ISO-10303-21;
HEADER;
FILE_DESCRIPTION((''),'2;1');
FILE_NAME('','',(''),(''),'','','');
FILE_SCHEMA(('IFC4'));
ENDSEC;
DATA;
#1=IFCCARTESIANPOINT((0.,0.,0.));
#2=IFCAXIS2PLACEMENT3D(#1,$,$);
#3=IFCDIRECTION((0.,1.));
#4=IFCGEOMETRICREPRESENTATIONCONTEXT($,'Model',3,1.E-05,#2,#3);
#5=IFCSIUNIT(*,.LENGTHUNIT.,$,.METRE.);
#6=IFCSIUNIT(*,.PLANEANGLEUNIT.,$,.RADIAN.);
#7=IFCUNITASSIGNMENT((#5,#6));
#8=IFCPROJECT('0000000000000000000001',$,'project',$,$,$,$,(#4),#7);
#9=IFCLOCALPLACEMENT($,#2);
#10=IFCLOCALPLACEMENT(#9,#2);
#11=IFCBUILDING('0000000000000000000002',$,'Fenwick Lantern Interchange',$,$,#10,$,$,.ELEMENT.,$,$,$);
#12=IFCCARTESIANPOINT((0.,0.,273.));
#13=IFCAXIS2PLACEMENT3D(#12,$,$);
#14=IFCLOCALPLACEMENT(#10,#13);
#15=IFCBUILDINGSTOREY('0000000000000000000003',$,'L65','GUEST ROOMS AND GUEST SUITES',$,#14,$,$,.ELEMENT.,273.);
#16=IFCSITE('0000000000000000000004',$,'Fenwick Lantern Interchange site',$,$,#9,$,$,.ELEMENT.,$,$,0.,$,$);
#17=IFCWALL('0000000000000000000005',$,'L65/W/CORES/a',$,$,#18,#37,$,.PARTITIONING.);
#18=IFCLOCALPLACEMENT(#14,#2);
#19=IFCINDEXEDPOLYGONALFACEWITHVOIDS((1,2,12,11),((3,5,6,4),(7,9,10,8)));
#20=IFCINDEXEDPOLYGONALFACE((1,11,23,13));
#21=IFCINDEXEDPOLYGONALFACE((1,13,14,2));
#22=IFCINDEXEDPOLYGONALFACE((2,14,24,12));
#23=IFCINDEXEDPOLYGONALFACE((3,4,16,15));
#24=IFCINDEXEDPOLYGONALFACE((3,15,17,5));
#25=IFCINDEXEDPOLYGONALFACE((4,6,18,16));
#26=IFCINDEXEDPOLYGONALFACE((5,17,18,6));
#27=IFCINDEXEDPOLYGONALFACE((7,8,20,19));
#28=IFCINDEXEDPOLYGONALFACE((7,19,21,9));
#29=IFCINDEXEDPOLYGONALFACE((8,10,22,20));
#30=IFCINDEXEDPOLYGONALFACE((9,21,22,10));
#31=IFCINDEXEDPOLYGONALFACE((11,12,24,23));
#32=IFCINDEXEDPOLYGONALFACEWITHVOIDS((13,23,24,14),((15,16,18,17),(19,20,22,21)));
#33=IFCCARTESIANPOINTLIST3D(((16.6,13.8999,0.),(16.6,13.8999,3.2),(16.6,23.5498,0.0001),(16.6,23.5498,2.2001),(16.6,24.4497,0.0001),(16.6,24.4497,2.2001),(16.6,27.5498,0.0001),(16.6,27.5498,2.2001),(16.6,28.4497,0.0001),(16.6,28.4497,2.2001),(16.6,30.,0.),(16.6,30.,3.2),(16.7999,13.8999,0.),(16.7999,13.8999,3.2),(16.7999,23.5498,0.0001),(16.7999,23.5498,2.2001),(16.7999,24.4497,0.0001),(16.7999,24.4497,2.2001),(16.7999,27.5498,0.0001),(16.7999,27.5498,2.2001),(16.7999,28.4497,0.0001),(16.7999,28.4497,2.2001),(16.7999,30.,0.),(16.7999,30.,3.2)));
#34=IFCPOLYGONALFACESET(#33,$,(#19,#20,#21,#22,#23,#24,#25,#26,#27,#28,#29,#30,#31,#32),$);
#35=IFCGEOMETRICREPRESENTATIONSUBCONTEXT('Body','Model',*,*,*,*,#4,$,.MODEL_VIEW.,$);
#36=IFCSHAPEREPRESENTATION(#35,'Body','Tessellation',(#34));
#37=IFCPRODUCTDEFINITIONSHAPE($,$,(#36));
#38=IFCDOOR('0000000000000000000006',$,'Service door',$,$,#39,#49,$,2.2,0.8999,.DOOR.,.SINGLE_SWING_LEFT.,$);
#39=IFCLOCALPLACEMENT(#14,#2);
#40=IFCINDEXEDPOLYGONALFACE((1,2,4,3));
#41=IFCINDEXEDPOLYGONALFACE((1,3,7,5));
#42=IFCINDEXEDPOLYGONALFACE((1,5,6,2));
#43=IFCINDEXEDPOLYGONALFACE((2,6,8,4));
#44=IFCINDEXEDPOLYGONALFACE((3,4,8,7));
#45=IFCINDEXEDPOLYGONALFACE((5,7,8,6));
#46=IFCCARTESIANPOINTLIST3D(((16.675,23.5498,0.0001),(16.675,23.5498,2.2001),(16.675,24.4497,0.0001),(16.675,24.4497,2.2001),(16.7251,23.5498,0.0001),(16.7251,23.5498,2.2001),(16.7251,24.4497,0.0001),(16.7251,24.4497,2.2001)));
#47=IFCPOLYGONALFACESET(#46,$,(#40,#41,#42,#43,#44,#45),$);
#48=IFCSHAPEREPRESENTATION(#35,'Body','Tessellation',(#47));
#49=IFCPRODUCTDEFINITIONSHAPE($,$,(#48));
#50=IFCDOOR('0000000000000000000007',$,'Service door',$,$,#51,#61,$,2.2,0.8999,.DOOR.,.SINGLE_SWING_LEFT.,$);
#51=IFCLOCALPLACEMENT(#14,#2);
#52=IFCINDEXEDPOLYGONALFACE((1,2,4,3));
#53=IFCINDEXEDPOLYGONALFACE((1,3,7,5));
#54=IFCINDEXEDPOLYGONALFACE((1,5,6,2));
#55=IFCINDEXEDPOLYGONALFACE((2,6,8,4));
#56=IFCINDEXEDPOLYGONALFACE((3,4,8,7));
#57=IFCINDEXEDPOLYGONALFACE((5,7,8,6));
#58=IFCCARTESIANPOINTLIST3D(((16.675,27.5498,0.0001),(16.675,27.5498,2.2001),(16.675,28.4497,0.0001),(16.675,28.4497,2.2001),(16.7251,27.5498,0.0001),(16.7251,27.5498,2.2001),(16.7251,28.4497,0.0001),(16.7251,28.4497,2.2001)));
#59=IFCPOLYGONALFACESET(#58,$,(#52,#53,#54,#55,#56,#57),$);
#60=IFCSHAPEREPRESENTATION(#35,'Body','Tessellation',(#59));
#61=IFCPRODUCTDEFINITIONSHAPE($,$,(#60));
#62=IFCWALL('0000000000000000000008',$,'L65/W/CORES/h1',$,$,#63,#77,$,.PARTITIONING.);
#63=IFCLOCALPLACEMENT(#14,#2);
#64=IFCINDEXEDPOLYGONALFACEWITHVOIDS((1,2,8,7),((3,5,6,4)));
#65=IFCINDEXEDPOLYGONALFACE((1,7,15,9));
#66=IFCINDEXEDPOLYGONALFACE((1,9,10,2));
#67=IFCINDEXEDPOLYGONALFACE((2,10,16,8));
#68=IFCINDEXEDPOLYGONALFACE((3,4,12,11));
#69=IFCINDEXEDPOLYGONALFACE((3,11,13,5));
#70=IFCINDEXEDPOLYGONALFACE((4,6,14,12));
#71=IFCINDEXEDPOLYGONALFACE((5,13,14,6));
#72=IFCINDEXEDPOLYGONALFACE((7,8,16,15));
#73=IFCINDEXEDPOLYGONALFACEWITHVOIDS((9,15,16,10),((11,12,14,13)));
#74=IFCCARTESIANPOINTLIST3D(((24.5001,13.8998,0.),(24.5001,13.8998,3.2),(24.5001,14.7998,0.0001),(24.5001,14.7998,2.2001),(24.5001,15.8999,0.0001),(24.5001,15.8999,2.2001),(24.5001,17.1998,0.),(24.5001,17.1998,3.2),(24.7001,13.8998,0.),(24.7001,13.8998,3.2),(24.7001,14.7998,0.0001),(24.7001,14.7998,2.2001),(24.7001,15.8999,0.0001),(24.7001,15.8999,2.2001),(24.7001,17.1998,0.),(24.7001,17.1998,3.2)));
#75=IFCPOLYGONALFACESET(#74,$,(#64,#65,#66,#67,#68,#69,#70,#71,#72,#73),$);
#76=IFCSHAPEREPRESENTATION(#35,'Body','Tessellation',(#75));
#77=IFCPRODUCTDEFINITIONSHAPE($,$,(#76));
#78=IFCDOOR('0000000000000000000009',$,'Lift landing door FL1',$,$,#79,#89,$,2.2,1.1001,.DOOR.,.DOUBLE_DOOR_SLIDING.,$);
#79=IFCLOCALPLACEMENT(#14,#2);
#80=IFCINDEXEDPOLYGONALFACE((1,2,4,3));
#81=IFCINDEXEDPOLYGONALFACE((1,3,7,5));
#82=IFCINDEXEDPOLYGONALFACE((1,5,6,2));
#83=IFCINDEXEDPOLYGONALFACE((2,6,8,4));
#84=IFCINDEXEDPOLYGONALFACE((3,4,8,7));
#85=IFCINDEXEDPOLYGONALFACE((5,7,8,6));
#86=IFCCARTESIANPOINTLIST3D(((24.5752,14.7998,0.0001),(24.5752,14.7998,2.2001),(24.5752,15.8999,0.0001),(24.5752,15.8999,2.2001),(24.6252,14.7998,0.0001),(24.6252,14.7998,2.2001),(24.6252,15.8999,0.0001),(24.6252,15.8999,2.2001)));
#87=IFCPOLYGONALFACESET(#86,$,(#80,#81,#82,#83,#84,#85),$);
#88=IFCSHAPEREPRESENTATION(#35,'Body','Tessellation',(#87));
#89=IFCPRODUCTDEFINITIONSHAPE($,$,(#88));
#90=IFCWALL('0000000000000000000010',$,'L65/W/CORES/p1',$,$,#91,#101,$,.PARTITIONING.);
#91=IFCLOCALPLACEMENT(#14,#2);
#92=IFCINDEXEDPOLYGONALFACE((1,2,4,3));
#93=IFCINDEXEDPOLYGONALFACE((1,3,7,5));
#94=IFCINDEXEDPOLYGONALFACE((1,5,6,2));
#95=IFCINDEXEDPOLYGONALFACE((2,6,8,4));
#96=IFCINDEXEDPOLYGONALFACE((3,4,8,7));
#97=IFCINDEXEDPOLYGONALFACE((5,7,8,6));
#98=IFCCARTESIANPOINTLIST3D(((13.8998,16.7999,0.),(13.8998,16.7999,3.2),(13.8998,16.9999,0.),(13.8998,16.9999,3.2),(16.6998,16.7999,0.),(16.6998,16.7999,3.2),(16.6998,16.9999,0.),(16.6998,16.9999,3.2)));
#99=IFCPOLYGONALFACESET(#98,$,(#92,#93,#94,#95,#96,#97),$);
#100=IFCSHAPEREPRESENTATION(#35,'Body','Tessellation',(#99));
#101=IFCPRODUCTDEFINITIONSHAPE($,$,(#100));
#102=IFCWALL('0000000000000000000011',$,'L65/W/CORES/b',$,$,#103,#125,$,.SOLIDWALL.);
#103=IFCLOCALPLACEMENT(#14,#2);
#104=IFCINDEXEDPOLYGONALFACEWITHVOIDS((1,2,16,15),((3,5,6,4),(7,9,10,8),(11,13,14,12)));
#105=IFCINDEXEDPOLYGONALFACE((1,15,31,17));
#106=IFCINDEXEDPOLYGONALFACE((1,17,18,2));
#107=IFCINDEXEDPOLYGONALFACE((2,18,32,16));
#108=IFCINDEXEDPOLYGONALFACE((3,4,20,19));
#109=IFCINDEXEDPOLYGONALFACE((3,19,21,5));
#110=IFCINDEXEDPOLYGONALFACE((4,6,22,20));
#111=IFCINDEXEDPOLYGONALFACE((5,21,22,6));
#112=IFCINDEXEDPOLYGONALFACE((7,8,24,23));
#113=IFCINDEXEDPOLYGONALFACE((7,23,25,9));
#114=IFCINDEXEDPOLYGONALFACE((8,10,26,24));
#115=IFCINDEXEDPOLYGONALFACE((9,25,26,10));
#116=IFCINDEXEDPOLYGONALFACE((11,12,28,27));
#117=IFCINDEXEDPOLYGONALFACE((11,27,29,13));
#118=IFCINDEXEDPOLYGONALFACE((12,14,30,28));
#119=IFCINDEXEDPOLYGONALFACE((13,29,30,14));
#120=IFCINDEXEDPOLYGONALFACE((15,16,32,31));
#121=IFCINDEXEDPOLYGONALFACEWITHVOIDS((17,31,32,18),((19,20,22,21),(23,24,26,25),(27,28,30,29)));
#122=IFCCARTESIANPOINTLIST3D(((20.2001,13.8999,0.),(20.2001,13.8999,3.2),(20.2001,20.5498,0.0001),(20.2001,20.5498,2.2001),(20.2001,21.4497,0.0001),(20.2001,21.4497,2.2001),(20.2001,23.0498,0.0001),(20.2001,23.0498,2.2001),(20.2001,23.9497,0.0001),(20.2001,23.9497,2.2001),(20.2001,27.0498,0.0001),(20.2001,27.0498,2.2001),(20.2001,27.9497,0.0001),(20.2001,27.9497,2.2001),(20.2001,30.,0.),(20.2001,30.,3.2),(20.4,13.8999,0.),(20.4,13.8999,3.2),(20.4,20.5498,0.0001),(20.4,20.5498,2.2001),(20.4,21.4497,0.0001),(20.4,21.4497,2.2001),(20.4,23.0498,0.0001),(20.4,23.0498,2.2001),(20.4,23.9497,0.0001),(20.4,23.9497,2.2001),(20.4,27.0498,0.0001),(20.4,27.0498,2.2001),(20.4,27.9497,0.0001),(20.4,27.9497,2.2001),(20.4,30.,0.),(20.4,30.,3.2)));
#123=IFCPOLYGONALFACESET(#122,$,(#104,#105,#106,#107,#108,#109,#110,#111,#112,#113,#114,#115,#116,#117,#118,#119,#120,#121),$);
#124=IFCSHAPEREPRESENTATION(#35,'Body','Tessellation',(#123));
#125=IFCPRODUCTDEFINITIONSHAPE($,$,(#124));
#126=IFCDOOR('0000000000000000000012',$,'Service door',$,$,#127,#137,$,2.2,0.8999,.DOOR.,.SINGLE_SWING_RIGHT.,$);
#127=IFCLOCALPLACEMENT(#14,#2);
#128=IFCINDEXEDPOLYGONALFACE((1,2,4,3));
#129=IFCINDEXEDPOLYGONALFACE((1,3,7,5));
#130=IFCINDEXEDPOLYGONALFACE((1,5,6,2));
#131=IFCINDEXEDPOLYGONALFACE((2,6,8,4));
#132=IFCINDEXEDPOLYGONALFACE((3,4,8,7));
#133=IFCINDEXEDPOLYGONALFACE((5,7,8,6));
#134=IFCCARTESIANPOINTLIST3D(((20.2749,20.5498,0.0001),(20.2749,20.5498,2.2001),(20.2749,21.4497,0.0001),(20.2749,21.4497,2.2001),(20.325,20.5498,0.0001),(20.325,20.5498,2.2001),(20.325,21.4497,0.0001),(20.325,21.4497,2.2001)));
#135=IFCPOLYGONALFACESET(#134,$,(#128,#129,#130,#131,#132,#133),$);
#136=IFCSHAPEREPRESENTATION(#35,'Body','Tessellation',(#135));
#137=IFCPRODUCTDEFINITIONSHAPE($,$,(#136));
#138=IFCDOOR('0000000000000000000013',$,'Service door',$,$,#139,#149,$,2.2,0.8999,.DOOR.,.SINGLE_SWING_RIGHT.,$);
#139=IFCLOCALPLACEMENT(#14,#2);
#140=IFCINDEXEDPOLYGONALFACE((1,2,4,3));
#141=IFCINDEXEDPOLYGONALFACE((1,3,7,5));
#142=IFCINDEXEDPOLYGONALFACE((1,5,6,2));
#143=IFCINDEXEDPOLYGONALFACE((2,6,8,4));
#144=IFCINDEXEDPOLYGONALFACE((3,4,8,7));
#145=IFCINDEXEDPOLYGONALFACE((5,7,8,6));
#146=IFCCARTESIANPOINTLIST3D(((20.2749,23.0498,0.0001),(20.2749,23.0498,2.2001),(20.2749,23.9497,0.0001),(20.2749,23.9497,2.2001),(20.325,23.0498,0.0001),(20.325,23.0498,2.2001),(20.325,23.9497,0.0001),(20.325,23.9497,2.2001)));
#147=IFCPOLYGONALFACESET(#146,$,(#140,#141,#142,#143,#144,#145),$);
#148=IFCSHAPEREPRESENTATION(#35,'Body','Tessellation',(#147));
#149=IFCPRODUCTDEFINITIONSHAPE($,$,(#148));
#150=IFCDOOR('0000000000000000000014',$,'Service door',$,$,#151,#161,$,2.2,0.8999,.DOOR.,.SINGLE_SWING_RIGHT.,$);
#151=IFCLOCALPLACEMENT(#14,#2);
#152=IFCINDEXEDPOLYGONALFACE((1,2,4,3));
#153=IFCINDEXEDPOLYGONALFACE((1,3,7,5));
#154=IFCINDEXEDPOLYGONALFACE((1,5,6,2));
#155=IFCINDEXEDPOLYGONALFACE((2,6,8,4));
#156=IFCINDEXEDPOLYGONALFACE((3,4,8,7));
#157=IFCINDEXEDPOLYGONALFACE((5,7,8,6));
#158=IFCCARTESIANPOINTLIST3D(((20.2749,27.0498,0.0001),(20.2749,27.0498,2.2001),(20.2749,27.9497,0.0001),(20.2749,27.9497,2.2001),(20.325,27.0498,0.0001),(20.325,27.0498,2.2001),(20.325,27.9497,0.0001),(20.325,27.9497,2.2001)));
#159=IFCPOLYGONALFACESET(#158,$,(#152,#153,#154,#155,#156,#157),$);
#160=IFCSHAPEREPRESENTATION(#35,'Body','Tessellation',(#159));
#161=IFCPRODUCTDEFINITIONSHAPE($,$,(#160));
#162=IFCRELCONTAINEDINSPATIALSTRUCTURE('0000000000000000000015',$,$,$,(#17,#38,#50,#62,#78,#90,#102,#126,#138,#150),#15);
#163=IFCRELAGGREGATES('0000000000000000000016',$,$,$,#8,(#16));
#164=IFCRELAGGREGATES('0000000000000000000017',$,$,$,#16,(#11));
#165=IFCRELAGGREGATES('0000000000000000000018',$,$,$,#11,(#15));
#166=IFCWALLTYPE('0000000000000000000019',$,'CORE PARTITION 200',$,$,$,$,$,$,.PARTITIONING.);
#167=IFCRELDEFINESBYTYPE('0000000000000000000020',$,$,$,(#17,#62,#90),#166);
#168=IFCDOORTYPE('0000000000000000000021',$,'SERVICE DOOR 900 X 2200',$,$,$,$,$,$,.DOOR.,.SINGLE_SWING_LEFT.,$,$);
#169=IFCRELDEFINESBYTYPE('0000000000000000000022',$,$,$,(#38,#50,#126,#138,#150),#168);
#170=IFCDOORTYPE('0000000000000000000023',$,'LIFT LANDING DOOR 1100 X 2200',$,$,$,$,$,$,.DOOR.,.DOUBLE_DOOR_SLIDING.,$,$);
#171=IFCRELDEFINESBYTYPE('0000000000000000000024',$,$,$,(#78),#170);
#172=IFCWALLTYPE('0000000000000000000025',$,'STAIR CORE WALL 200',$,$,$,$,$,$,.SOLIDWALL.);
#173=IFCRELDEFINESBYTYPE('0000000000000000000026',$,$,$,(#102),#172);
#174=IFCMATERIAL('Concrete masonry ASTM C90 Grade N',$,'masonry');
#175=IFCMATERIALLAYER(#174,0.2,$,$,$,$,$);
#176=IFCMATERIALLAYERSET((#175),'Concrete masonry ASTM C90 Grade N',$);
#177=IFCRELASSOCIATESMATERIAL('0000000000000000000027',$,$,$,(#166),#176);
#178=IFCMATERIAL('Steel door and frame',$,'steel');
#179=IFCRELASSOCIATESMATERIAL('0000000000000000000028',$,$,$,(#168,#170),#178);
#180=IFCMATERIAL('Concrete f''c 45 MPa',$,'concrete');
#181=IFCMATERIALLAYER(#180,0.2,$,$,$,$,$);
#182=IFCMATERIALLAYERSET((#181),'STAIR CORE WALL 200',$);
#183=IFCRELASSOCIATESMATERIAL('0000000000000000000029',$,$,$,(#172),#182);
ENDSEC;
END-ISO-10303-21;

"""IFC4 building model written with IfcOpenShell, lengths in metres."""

from ifc_helpers import new_model, si_unit, direction, frame, frame_2d, origin, place, context, subcontext, project, spatial, rectangle, extrude, material, layer, layer_set, type_object, element, fill, save


model = new_model("IFC4")

# Units and contexts
model_context = context("Model", 3, precision=1e-05, world=origin(), true_north=direction((0.0, 1.0)))
body_context = subcontext(model_context, "Body", "Model", "MODEL_VIEW")
ifc_project = project(units=[si_unit("LENGTHUNIT", "METRE"), si_unit("PLANEANGLEUNIT", "RADIAN")], contexts=[model_context])

# Site, building, storey
site_placement = place(None, origin())
site = spatial("IfcSite", under=ifc_project, at=site_placement, Name="Fenwick Lantern Interchange site", CompositionType="ELEMENT", RefElevation=0.0)
building_placement = place(site_placement, origin())
building = spatial("IfcBuilding", under=site, at=building_placement, Name="Fenwick Lantern Interchange", CompositionType="ELEMENT")
storey_placement = place(building_placement, frame((0.0, 0.0, 273.0)))
storey = spatial("IfcBuildingStorey", under=building, at=storey_placement, Name="L65", Description="GUEST ROOMS AND GUEST SUITES", CompositionType="ELEMENT", Elevation=273.0)

# Wall, openings, doors
ifc_material_1 = material(Name="Concrete masonry ASTM C90 Grade N", Category="masonry")
ifc_layer_1 = layer(ifc_material_1, 0.2)
ifc_layer_set_1 = layer_set([ifc_layer_1], Name="Concrete masonry ASTM C90 Grade N")
wall_type_1 = type_object("IfcWallType", Name="CORE PARTITION 200", PredefinedType="PARTITIONING", material=ifc_layer_set_1)
wall_1_placement = place(storey_placement, frame((16.7, 13.8999, 0.0), z_axis=(0.0, 0.0, 1.0), x_axis=(0.0, 1.0, 0.0)))
wall_1 = element("IfcWall", 1, at=wall_1_placement, inside=storey, type_object=wall_type_1, Name="L65/W/CORES/a", PredefinedType="PARTITIONING", context=body_context, shape_type="SweptSolid", body=[
    extrude(rectangle(XDim=16.1001, YDim=0.2, at=frame_2d((8.05, 0.0))), origin(), (0.0, 0.0, 1.0), 3.2),
])
opening_1_placement = place(wall_1_placement, frame((9.6499, 0.0, 0.0)))
opening_1 = element("IfcOpeningElement", 2, at=opening_1_placement, cuts=wall_1, PredefinedType="OPENING", context=body_context, shape_type="SweptSolid", body=[
    extrude(rectangle(XDim=0.8999, YDim=2.2, at=frame_2d((0.45, 1.1001))), frame((0.0, 0.1099, 0.0), z_axis=(0.0, -1.0, 0.0), x_axis=(1.0, 0.0, 0.0)), (0.0, 0.0, 1.0), 0.22),
])
opening_2_placement = place(wall_1_placement, frame((13.6499, 0.0, 0.0)))
opening_2 = element("IfcOpeningElement", 3, at=opening_2_placement, cuts=wall_1, PredefinedType="OPENING", context=body_context, shape_type="SweptSolid", body=[
    extrude(rectangle(XDim=0.8999, YDim=2.2, at=frame_2d((0.45, 1.1001))), frame((0.0, 0.1099, 0.0), z_axis=(0.0, -1.0, 0.0), x_axis=(1.0, 0.0, 0.0)), (0.0, 0.0, 1.0), 0.22),
])
ifc_material_2 = material(Name="Steel door and frame", Category="steel")
door_type_1 = type_object("IfcDoorType", Name="SERVICE DOOR 900 X 2200", OperationType="SINGLE_SWING_LEFT", PredefinedType="DOOR", material=ifc_material_2)
door_1_placement = place(opening_1_placement, origin())
door_1 = element("IfcDoor", 4, at=door_1_placement, inside=storey, type_object=door_type_1, Name="Service door", OperationType="SINGLE_SWING_LEFT", OverallHeight=2.2, OverallWidth=0.8999, PredefinedType="DOOR", context=body_context, shape_type="SweptSolid", body=[
    extrude(rectangle(XDim=0.8999, YDim=2.2, at=frame_2d((0.45, 1.1001))), frame((0.0, 0.0249, 0.0), z_axis=(0.0, -1.0, 0.0), x_axis=(1.0, 0.0, 0.0)), (0.0, 0.0, 1.0), 0.05),
])
fill(opening_1, door_1)
door_2_placement = place(opening_2_placement, origin())
door_2 = element("IfcDoor", 5, at=door_2_placement, inside=storey, type_object=door_type_1, Name="Service door", OperationType="SINGLE_SWING_LEFT", OverallHeight=2.2, OverallWidth=0.8999, PredefinedType="DOOR", context=body_context, shape_type="SweptSolid", body=[
    extrude(rectangle(XDim=0.8999, YDim=2.2, at=frame_2d((0.45, 1.1001))), frame((0.0, 0.0249, 0.0), z_axis=(0.0, -1.0, 0.0), x_axis=(1.0, 0.0, 0.0)), (0.0, 0.0, 1.0), 0.05),
])
fill(opening_2, door_2)

# Wall, opening, door
wall_2_placement = place(storey_placement, frame((24.6001, 13.8999, 0.0), z_axis=(0.0, 0.0, 1.0), x_axis=(0.0, 1.0, 0.0)))
wall_2 = element("IfcWall", 6, at=wall_2_placement, inside=storey, type_object=wall_type_1, Name="L65/W/CORES/h1", PredefinedType="PARTITIONING", context=body_context, shape_type="SweptSolid", body=[
    extrude(rectangle(XDim=3.3, YDim=0.2, at=frame_2d((1.6499, 0.0))), origin(), (0.0, 0.0, 1.0), 3.2),
])
opening_3_placement = place(wall_2_placement, frame((0.8999, 0.0, 0.0)))
opening_3 = element("IfcOpeningElement", 7, at=opening_3_placement, cuts=wall_2, PredefinedType="OPENING", context=body_context, shape_type="SweptSolid", body=[
    extrude(rectangle(XDim=1.1001, YDim=2.2, at=frame_2d((0.55, 1.1001))), frame((0.0, 0.1099, 0.0), z_axis=(0.0, -1.0, 0.0), x_axis=(1.0, 0.0, 0.0)), (0.0, 0.0, 1.0), 0.22),
])
door_type_2 = type_object("IfcDoorType", Name="LIFT LANDING DOOR 1100 X 2200", OperationType="DOUBLE_DOOR_SLIDING", PredefinedType="DOOR", material=ifc_material_2)
door_3_placement = place(opening_3_placement, origin())
door_3 = element("IfcDoor", 8, at=door_3_placement, inside=storey, type_object=door_type_2, Name="Lift landing door FL1", OperationType="DOUBLE_DOOR_SLIDING", OverallHeight=2.2, OverallWidth=1.1001, PredefinedType="DOOR", context=body_context, shape_type="SweptSolid", body=[
    extrude(rectangle(XDim=1.1001, YDim=2.2, at=frame_2d((0.55, 1.1001))), frame((0.0, 0.0249, 0.0), z_axis=(0.0, -1.0, 0.0), x_axis=(1.0, 0.0, 0.0)), (0.0, 0.0, 1.0), 0.05),
])
fill(opening_3, door_3)

# Wall
wall_3_placement = place(storey_placement, frame((13.8999, 16.8999, 0.0), z_axis=(0.0, 0.0, 1.0), x_axis=(1.0, 0.0, 0.0)))
element("IfcWall", 9, at=wall_3_placement, inside=storey, type_object=wall_type_1, Name="L65/W/CORES/p1", PredefinedType="PARTITIONING", context=body_context, shape_type="SweptSolid", body=[
    extrude(rectangle(XDim=2.8, YDim=0.2, at=frame_2d((1.3999, 0.0))), origin(), (0.0, 0.0, 1.0), 3.2),
])

# Wall, openings, doors
ifc_material_3 = material(Name="Concrete f'c 45 MPa", Category="concrete")
ifc_layer_2 = layer(ifc_material_3, 0.2)
ifc_layer_set_2 = layer_set([ifc_layer_2], Name="STAIR CORE WALL 200")
wall_type_2 = type_object("IfcWallType", Name="STAIR CORE WALL 200", PredefinedType="SOLIDWALL", material=ifc_layer_set_2)
wall_4_placement = place(storey_placement, frame((20.3, 13.8999, 0.0), z_axis=(0.0, 0.0, 1.0), x_axis=(0.0, 1.0, 0.0)))
wall_4 = element("IfcWall", 10, at=wall_4_placement, inside=storey, type_object=wall_type_2, Name="L65/W/CORES/b", PredefinedType="SOLIDWALL", context=body_context, shape_type="SweptSolid", body=[
    extrude(rectangle(XDim=16.1001, YDim=0.2, at=frame_2d((8.05, 0.0))), origin(), (0.0, 0.0, 1.0), 3.2),
])
opening_4_placement = place(wall_4_placement, frame((6.6499, 0.0, 0.0)))
opening_4 = element("IfcOpeningElement", 11, at=opening_4_placement, cuts=wall_4, PredefinedType="OPENING", context=body_context, shape_type="SweptSolid", body=[
    extrude(rectangle(XDim=0.8999, YDim=2.2, at=frame_2d((0.45, 1.1001))), frame((0.0, 0.1099, 0.0), z_axis=(0.0, -1.0, 0.0), x_axis=(1.0, 0.0, 0.0)), (0.0, 0.0, 1.0), 0.22),
])
opening_5_placement = place(wall_4_placement, frame((9.1499, 0.0, 0.0)))
opening_5 = element("IfcOpeningElement", 12, at=opening_5_placement, cuts=wall_4, PredefinedType="OPENING", context=body_context, shape_type="SweptSolid", body=[
    extrude(rectangle(XDim=0.8999, YDim=2.2, at=frame_2d((0.45, 1.1001))), frame((0.0, 0.1099, 0.0), z_axis=(0.0, -1.0, 0.0), x_axis=(1.0, 0.0, 0.0)), (0.0, 0.0, 1.0), 0.22),
])
opening_6_placement = place(wall_4_placement, frame((13.1499, 0.0, 0.0)))
opening_6 = element("IfcOpeningElement", 13, at=opening_6_placement, cuts=wall_4, PredefinedType="OPENING", context=body_context, shape_type="SweptSolid", body=[
    extrude(rectangle(XDim=0.8999, YDim=2.2, at=frame_2d((0.45, 1.1001))), frame((0.0, 0.1099, 0.0), z_axis=(0.0, -1.0, 0.0), x_axis=(1.0, 0.0, 0.0)), (0.0, 0.0, 1.0), 0.22),
])
door_4_placement = place(opening_4_placement, frame((0.8999, 0.0, 0.0), z_axis=(0.0, 0.0, 1.0), x_axis=(-1.0, 0.0, 0.0)))
door_4 = element("IfcDoor", 14, at=door_4_placement, inside=storey, type_object=door_type_1, Name="Service door", OperationType="SINGLE_SWING_RIGHT", OverallHeight=2.2, OverallWidth=0.8999, PredefinedType="DOOR", context=body_context, shape_type="SweptSolid", body=[
    extrude(rectangle(XDim=0.8999, YDim=2.2, at=frame_2d((0.45, 1.1001))), frame((0.0, 0.0249, 0.0), z_axis=(0.0, -1.0, 0.0), x_axis=(1.0, 0.0, 0.0)), (0.0, 0.0, 1.0), 0.05),
])
fill(opening_4, door_4)
door_5_placement = place(opening_5_placement, frame((0.8999, 0.0, 0.0), z_axis=(0.0, 0.0, 1.0), x_axis=(-1.0, 0.0, 0.0)))
door_5 = element("IfcDoor", 15, at=door_5_placement, inside=storey, type_object=door_type_1, Name="Service door", OperationType="SINGLE_SWING_RIGHT", OverallHeight=2.2, OverallWidth=0.8999, PredefinedType="DOOR", context=body_context, shape_type="SweptSolid", body=[
    extrude(rectangle(XDim=0.8999, YDim=2.2, at=frame_2d((0.45, 1.1001))), frame((0.0, 0.0249, 0.0), z_axis=(0.0, -1.0, 0.0), x_axis=(1.0, 0.0, 0.0)), (0.0, 0.0, 1.0), 0.05),
])
fill(opening_5, door_5)
door_6_placement = place(opening_6_placement, frame((0.8999, 0.0, 0.0), z_axis=(0.0, 0.0, 1.0), x_axis=(-1.0, 0.0, 0.0)))
door_6 = element("IfcDoor", 16, at=door_6_placement, inside=storey, type_object=door_type_1, Name="Service door", OperationType="SINGLE_SWING_RIGHT", OverallHeight=2.2, OverallWidth=0.8999, PredefinedType="DOOR", context=body_context, shape_type="SweptSolid", body=[
    extrude(rectangle(XDim=0.8999, YDim=2.2, at=frame_2d((0.45, 1.1001))), frame((0.0, 0.0249, 0.0), z_axis=(0.0, -1.0, 0.0), x_axis=(1.0, 0.0, 0.0)), (0.0, 0.0, 1.0), 0.05),
])
fill(opening_6, door_6)

save(model, "model.ifc")
